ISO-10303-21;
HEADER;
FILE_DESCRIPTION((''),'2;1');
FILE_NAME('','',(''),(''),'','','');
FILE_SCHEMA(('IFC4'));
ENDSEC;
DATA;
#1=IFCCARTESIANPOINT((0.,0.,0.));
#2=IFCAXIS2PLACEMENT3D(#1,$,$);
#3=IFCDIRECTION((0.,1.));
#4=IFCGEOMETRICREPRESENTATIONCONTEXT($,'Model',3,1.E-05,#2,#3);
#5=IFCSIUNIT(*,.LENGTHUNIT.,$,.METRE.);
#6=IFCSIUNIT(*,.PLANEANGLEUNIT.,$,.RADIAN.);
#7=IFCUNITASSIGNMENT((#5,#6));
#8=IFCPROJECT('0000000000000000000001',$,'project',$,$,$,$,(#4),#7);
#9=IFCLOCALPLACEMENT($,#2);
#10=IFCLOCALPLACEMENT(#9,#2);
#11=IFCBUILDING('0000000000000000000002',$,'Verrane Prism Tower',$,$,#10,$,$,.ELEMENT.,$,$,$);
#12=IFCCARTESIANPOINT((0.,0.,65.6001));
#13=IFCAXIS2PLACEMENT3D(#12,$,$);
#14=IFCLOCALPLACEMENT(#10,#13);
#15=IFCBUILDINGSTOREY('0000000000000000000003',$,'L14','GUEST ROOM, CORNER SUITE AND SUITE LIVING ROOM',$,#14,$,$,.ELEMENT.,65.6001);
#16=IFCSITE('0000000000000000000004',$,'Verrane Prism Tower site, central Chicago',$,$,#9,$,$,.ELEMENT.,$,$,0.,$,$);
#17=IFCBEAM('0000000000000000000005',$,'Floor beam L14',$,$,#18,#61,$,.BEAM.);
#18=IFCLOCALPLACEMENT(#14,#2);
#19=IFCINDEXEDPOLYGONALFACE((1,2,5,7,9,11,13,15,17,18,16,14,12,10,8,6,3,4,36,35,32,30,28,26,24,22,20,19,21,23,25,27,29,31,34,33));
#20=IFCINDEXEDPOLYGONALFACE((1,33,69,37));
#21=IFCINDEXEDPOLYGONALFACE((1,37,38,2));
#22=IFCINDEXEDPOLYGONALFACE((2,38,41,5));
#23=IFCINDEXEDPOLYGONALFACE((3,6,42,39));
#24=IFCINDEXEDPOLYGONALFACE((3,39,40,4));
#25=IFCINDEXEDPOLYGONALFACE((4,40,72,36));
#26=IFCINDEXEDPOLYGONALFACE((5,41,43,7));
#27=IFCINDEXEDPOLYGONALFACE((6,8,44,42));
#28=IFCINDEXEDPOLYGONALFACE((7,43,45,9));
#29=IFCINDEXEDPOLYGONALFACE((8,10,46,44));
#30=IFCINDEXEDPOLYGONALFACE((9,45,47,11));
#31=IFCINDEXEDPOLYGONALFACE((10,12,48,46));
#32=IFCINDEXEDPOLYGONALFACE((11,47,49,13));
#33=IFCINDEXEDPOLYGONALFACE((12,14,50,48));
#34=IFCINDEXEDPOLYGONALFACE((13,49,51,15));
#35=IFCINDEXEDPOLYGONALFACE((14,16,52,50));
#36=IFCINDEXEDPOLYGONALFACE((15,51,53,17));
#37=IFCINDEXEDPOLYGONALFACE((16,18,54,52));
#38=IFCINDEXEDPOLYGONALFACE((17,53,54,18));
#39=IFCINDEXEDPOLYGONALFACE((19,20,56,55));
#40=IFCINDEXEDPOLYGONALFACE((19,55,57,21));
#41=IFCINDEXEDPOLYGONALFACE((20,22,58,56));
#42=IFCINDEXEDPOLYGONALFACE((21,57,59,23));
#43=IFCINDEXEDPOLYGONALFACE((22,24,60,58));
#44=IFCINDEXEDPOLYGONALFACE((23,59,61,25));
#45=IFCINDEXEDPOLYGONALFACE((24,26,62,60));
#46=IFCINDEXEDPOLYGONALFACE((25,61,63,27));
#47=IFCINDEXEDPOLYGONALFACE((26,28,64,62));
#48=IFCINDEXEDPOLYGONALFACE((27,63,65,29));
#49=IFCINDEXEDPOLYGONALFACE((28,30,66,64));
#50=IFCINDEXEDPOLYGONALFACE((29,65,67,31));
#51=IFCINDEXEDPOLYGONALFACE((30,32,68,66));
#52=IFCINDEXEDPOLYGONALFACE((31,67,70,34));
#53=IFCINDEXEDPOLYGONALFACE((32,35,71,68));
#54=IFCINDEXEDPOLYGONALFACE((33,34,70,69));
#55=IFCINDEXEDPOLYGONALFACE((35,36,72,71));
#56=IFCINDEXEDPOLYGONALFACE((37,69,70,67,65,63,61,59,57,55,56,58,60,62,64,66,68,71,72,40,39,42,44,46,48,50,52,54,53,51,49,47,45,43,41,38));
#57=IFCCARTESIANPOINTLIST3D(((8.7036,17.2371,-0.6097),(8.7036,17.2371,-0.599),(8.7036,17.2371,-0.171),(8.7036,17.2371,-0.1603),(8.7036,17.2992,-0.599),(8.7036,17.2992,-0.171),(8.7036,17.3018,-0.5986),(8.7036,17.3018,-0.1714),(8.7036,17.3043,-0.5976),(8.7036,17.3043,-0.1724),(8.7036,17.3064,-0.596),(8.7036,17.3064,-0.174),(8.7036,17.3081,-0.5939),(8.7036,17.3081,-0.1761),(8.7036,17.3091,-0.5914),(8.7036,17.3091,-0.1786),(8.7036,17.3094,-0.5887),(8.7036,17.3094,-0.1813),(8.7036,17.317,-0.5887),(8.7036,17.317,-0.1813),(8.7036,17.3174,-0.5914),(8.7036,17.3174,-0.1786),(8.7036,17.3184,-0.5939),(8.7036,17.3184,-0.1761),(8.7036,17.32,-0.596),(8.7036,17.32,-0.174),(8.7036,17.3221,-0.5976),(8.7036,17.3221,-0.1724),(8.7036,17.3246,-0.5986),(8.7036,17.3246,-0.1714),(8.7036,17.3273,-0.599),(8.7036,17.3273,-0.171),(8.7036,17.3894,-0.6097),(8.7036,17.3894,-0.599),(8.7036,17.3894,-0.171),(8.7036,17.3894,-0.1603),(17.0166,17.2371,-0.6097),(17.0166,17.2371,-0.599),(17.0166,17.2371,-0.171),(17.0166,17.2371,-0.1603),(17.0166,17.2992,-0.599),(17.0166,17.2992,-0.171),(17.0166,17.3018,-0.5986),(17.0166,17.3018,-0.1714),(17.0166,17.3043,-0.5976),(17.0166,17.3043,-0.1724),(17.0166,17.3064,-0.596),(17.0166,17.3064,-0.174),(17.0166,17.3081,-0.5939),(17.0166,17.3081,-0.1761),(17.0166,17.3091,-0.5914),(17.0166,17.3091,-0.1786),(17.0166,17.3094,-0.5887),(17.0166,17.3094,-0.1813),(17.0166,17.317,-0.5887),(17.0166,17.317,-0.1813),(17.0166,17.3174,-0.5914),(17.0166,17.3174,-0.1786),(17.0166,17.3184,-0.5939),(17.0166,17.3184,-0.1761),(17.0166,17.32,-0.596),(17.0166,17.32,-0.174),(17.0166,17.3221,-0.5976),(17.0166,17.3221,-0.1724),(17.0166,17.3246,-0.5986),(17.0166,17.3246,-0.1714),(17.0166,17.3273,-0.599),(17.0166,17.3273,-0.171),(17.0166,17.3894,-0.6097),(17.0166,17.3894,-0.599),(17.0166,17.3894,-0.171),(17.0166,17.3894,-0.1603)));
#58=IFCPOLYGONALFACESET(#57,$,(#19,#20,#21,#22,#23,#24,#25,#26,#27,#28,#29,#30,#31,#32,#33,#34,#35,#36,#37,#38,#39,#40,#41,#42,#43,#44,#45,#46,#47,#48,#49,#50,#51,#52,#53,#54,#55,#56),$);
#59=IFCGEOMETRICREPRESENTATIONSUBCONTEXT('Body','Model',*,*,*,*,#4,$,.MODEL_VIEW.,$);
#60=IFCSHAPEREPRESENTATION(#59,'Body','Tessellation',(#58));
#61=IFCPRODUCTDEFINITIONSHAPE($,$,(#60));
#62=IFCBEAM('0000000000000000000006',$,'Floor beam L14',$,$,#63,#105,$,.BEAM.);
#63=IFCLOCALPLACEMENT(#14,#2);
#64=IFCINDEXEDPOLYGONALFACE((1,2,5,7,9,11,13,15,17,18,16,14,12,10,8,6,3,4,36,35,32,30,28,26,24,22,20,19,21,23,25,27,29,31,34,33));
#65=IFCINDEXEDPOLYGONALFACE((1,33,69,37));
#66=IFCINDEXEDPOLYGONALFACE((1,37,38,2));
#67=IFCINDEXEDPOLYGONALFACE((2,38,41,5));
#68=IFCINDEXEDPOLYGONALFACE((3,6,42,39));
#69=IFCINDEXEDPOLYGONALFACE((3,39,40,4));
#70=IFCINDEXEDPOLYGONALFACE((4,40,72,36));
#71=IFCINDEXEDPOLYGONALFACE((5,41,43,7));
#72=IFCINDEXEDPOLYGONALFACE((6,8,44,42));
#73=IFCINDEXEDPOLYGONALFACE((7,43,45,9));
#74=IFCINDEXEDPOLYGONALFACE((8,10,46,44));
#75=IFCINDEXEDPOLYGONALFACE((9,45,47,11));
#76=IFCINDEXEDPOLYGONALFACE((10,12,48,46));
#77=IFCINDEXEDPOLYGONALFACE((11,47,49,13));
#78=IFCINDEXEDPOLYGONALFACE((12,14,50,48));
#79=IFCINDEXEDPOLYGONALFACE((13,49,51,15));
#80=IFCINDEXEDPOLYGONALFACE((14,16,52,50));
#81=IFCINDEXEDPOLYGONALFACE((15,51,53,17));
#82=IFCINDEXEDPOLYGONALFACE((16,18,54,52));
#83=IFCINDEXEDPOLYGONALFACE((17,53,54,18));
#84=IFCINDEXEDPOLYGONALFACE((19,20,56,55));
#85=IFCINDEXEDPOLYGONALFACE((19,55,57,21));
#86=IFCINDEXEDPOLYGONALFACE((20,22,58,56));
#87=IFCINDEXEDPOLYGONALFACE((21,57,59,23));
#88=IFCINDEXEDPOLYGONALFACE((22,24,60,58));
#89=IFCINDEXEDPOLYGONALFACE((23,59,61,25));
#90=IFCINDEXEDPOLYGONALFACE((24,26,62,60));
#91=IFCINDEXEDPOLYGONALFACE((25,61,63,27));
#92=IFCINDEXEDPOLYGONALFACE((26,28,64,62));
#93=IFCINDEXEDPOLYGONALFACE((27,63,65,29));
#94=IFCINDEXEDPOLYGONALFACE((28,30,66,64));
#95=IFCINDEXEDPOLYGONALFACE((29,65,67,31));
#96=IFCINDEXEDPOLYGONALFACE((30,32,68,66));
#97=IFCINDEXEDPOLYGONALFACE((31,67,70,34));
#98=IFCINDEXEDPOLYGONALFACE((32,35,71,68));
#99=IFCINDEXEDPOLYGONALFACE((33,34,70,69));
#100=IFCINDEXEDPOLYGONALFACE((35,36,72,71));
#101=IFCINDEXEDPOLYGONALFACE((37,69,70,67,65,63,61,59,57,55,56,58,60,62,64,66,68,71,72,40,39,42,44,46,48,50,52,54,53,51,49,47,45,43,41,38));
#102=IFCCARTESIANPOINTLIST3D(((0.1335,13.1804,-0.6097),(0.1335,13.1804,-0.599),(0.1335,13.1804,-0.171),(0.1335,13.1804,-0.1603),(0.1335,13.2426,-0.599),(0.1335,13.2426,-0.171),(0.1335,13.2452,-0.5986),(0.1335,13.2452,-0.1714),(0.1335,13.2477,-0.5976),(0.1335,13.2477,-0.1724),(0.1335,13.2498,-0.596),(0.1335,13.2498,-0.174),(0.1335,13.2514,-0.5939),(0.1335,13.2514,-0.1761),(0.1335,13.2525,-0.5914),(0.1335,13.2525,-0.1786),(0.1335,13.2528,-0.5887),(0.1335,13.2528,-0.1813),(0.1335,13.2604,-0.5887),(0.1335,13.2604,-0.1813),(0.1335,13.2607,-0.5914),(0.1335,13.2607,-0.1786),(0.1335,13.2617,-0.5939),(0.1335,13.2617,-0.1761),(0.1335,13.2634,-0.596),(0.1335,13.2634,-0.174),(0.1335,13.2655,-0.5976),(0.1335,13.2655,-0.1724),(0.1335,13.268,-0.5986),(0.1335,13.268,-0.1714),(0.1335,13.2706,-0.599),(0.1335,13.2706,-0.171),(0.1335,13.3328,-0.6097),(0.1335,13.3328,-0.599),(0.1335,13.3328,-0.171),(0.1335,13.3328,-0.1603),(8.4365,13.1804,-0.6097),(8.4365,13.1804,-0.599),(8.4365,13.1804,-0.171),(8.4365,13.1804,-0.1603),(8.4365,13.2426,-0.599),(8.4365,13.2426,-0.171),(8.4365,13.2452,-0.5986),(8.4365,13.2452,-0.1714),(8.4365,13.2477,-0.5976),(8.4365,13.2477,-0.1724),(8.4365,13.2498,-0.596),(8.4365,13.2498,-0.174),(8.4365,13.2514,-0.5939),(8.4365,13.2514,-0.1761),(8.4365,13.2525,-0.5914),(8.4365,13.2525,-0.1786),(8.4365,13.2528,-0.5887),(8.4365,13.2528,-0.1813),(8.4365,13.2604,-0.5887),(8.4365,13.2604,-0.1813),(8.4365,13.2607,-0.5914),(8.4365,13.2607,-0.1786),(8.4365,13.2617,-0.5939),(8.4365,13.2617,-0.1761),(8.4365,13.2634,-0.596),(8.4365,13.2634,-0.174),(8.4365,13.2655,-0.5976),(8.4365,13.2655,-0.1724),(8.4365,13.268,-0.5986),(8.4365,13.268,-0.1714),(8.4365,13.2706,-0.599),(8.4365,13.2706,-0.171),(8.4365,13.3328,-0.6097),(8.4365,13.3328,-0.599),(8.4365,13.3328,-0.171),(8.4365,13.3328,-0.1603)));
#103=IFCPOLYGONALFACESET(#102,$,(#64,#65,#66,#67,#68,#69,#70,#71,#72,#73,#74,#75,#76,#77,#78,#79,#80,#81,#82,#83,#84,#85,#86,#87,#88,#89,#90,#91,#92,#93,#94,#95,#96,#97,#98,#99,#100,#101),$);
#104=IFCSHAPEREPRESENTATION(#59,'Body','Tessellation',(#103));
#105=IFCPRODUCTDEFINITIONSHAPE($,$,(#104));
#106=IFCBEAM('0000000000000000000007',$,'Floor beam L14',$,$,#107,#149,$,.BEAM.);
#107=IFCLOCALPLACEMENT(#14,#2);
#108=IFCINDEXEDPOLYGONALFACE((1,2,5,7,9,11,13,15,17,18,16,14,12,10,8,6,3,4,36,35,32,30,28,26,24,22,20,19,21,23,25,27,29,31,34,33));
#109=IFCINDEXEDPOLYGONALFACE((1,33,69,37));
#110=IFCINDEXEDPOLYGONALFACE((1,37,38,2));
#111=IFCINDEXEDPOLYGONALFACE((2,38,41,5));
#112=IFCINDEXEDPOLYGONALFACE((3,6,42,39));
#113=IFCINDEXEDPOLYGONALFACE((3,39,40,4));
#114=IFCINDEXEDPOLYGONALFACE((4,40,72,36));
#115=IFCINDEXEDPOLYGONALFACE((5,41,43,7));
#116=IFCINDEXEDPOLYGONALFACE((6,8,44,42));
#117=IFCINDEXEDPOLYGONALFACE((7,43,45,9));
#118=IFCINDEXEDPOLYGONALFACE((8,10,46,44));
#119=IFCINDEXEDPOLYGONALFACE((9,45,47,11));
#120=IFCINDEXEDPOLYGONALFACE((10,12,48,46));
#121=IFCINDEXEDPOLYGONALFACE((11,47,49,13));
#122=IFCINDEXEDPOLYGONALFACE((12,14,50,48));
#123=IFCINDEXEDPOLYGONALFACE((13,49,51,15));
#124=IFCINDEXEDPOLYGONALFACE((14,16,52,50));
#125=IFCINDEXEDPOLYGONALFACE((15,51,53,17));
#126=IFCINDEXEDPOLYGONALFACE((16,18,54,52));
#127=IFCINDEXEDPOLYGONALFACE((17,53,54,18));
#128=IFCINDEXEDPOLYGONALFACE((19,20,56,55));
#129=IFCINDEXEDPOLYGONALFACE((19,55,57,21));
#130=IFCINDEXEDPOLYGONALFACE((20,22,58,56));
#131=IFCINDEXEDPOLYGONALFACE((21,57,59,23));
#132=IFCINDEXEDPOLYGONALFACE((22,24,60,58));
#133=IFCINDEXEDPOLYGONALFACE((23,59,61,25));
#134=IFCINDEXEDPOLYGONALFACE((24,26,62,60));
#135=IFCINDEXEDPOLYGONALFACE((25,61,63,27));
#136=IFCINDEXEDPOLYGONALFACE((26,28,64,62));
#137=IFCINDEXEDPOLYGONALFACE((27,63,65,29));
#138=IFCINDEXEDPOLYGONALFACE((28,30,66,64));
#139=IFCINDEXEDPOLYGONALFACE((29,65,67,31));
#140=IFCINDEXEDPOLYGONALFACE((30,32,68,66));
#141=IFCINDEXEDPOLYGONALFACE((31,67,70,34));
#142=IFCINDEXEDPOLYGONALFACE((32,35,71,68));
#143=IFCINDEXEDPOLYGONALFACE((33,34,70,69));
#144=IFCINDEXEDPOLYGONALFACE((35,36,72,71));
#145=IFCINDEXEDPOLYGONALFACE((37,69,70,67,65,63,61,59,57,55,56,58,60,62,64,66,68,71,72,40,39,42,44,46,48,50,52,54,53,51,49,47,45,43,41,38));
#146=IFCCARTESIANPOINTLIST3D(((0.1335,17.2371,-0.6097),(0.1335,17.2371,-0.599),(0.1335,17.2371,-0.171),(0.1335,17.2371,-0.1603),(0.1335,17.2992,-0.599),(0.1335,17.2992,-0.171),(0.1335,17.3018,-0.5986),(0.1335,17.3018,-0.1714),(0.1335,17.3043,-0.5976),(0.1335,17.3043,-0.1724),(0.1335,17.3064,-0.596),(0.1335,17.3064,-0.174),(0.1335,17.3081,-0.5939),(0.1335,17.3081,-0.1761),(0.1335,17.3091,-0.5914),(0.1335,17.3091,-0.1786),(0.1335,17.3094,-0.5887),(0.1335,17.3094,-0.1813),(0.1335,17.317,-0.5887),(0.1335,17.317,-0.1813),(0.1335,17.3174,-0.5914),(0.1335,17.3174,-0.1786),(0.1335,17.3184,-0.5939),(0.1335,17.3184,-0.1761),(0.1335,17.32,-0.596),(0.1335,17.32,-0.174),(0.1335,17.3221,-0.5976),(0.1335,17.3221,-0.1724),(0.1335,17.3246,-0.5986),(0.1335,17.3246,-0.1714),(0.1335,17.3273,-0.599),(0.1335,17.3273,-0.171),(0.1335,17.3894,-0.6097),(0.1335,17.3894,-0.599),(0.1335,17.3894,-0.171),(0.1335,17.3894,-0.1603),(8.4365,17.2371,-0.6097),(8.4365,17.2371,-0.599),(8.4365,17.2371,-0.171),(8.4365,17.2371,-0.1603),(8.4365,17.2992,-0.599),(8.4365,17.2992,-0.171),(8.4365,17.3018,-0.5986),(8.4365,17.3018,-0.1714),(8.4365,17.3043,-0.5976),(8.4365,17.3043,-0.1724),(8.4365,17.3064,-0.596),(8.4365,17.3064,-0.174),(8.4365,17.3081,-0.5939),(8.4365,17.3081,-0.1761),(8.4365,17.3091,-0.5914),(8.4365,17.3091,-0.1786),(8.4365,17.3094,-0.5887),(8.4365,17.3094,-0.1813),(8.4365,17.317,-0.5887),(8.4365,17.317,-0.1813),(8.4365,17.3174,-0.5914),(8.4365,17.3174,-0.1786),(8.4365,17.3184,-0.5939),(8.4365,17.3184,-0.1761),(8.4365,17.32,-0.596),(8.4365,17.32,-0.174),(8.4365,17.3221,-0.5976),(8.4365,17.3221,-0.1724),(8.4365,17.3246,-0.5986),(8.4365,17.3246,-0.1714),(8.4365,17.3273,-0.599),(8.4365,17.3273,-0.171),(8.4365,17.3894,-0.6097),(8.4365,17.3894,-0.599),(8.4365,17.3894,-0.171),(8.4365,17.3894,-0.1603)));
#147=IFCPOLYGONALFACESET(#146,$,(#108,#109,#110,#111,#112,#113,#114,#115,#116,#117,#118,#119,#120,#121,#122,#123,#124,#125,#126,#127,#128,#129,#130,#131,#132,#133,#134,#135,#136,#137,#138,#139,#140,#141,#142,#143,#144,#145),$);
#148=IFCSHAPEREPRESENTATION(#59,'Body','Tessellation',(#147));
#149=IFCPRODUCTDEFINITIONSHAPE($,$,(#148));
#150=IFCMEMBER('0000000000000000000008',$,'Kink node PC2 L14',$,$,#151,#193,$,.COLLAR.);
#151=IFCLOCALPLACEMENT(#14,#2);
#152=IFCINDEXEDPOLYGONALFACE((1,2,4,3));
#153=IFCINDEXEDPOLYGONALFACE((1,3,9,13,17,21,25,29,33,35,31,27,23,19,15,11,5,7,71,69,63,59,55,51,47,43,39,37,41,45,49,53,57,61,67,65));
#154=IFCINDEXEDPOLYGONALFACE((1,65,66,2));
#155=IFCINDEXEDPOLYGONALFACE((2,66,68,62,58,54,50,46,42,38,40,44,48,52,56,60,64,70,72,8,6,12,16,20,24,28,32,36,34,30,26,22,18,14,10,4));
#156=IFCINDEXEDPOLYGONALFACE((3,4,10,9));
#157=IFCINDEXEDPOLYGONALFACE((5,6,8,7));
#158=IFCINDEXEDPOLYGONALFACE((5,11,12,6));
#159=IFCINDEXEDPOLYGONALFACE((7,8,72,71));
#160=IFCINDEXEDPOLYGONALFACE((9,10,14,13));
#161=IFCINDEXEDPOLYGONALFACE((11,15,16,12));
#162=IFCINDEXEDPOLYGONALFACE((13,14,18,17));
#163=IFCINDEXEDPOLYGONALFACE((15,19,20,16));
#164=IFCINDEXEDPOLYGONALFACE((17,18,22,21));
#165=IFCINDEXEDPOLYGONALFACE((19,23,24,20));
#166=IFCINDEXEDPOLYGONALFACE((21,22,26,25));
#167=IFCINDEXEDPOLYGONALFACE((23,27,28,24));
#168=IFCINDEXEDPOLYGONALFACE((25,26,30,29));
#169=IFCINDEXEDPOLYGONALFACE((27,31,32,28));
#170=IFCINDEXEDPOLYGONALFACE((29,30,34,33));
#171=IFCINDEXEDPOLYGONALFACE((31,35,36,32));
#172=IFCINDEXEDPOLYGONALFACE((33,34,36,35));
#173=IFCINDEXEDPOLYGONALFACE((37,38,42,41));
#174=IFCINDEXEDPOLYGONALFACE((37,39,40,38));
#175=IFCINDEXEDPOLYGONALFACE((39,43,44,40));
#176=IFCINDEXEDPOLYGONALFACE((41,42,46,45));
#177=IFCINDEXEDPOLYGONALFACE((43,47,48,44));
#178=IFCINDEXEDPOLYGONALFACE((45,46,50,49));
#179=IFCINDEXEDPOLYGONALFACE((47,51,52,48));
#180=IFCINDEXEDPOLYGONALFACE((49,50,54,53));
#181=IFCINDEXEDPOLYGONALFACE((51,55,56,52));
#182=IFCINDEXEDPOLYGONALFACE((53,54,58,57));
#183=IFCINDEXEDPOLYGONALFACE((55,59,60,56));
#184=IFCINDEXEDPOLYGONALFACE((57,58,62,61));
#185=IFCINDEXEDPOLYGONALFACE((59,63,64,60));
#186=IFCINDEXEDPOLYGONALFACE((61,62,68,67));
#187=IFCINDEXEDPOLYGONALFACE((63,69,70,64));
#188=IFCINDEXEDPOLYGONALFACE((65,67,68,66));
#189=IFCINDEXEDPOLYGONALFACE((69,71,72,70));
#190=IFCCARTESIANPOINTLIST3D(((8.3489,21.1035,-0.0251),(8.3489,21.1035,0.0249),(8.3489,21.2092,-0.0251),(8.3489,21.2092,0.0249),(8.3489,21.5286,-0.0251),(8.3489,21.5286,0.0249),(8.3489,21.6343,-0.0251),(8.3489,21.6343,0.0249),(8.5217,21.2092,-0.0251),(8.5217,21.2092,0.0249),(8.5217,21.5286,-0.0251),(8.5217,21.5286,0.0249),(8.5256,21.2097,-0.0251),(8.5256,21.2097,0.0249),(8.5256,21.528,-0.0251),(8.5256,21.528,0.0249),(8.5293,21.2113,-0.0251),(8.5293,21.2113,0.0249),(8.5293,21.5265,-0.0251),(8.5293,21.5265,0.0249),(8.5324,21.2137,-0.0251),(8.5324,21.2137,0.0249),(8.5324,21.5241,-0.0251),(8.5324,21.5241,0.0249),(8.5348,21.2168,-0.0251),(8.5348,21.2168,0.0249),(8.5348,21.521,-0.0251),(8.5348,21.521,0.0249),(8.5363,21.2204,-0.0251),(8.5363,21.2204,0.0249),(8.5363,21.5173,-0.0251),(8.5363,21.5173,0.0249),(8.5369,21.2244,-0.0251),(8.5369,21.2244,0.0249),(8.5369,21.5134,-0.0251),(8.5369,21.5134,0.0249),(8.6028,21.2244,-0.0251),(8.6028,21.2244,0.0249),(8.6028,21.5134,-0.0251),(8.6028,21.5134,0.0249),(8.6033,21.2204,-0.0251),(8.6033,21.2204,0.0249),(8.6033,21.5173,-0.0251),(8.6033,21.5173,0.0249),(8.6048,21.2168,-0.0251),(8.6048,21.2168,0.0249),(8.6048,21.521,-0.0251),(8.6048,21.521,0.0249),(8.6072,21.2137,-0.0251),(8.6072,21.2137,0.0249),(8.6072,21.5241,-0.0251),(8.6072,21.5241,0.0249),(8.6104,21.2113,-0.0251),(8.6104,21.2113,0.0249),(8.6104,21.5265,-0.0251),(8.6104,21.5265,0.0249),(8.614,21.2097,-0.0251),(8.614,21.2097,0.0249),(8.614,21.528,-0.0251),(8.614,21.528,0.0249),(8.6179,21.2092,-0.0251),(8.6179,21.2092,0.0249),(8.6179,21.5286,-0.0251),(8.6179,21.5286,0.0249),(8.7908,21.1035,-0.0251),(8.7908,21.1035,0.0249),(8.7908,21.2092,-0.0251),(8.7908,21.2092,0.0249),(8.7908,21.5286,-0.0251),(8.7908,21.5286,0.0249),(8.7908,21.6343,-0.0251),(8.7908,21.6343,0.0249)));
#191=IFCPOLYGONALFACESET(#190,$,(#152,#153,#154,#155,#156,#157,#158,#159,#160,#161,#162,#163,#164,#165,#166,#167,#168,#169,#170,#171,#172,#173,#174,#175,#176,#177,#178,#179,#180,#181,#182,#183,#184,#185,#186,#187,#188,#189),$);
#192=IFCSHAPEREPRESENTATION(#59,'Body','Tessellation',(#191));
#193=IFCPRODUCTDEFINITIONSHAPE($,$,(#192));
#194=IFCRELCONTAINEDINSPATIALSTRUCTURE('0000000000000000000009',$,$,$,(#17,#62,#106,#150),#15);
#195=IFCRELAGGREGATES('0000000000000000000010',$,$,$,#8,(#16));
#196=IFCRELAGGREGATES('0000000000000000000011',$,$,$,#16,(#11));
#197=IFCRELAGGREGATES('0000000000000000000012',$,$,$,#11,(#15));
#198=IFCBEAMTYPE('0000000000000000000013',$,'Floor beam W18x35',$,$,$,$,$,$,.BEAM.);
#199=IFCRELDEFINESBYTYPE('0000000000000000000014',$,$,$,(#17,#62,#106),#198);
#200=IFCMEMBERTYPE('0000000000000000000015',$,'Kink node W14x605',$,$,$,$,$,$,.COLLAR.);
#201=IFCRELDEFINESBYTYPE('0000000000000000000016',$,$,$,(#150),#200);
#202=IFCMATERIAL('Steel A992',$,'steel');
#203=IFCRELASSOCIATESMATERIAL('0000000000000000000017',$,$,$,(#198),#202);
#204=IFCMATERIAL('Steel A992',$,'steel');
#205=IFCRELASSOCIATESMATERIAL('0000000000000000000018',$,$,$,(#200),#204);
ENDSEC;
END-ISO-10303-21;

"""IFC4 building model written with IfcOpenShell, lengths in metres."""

from ifc_helpers import new_model, si_unit, direction, frame, origin, origin_2d, place, context, subcontext, project, spatial, i_section, extrude, material, material_profile, profile_set, type_object, element, save


model = new_model("IFC4")

# Units and contexts
model_context = context("Model", 3, precision=1e-05, world=origin(), true_north=direction((0.0, 1.0)))
body_context = subcontext(model_context, "Body", "Model", "MODEL_VIEW")
ifc_project = project(units=[si_unit("LENGTHUNIT", "METRE"), si_unit("PLANEANGLEUNIT", "RADIAN")], contexts=[model_context])

# Site, building, storey
site_placement = place(None, origin())
site = spatial("IfcSite", under=ifc_project, at=site_placement, Name="Verrane Prism Tower site, central Chicago", CompositionType="ELEMENT", RefElevation=0.0)
building_placement = place(site_placement, origin())
building = spatial("IfcBuilding", under=site, at=building_placement, Name="Verrane Prism Tower", CompositionType="ELEMENT")
storey_placement = place(building_placement, frame((0.0, 0.0, 65.6001)))
storey = spatial("IfcBuildingStorey", under=building, at=storey_placement, Name="L14", Description="GUEST ROOM, CORNER SUITE AND SUITE LIVING ROOM", CompositionType="ELEMENT", Elevation=65.6001)

# Beams
ifc_material_1 = material(Name="Steel A992", Category="steel")
ifc_material_profile_1 = material_profile(ifc_material_1, i_section(OverallWidth=0.1523, OverallDepth=0.4495, WebThickness=0.0076, FlangeThickness=0.0107, FilletRadius=0.0103, at=origin_2d()), Name="W18x35")
ifc_profile_set_1 = profile_set([ifc_material_profile_1], Name="Steel A992")
beam_type_1 = type_object("IfcBeamType", Name="Floor beam W18x35", PredefinedType="BEAM", material=ifc_profile_set_1)
for number, where, z_axis, x_axis, name in (
    (1, (8.7036, 17.3132, -0.385), (1.0, 0.0, 0.0), (0.0, 1.0, 0.0), "Floor beam L14"),
):
    element("IfcBeam", number, at=place(storey_placement, frame(where, z_axis=z_axis, x_axis=x_axis)), inside=storey, type_object=beam_type_1, Name=name, PredefinedType="BEAM", context=body_context, shape_type="SweptSolid", body=[
        extrude(i_section(OverallWidth=0.1523, OverallDepth=0.4495, WebThickness=0.0076, FlangeThickness=0.0107, FilletRadius=0.0103, at=origin_2d()), origin(), (0.0, 0.0, 1.0), 8.313),
    ])
for number, where, z_axis, x_axis, name in (
    (2, (0.1335, 13.2566, -0.385), (1.0, 0.0, 0.0), (0.0, 1.0, 0.0), "Floor beam L14"),
    (3, (0.1335, 17.3132, -0.385), (1.0, 0.0, 0.0), (0.0, 1.0, 0.0), "Floor beam L14"),
):
    element("IfcBeam", number, at=place(storey_placement, frame(where, z_axis=z_axis, x_axis=x_axis)), inside=storey, type_object=beam_type_1, Name=name, PredefinedType="BEAM", context=body_context, shape_type="SweptSolid", body=[
        extrude(i_section(OverallWidth=0.1523, OverallDepth=0.4495, WebThickness=0.0076, FlangeThickness=0.0107, FilletRadius=0.0103, at=origin_2d()), origin(), (0.0, 0.0, 1.0), 8.303),
    ])

# Member
ifc_material_2 = material(Name="Steel A992", Category="steel")
ifc_material_profile_2 = material_profile(ifc_material_2, i_section(OverallWidth=0.4419, OverallDepth=0.5308, WebThickness=0.0659, FlangeThickness=0.1057, FilletRadius=0.0151, at=origin_2d()), Name="W14x605")
ifc_profile_set_2 = profile_set([ifc_material_profile_2], Name="Steel A992")
member_type_1 = type_object("IfcMemberType", Name="Kink node W14x605", PredefinedType="COLLAR", material=ifc_profile_set_2)
member_1_placement = place(storey_placement, frame((8.5698, 21.3689, -0.0251), z_axis=(0.0, 0.0, 1.0), x_axis=(1.0, 0.0, 0.0)))
element("IfcMember", 4, at=member_1_placement, inside=storey, type_object=member_type_1, Name="Kink node PC2 L14", PredefinedType="COLLAR", context=body_context, shape_type="SweptSolid", body=[
    extrude(i_section(OverallWidth=0.4419, OverallDepth=0.5308, WebThickness=0.0659, FlangeThickness=0.1057, FilletRadius=0.0151, at=origin_2d()), origin(), (0.0, 0.0, 1.0), 0.05),
])

save(model, "model.ifc")
